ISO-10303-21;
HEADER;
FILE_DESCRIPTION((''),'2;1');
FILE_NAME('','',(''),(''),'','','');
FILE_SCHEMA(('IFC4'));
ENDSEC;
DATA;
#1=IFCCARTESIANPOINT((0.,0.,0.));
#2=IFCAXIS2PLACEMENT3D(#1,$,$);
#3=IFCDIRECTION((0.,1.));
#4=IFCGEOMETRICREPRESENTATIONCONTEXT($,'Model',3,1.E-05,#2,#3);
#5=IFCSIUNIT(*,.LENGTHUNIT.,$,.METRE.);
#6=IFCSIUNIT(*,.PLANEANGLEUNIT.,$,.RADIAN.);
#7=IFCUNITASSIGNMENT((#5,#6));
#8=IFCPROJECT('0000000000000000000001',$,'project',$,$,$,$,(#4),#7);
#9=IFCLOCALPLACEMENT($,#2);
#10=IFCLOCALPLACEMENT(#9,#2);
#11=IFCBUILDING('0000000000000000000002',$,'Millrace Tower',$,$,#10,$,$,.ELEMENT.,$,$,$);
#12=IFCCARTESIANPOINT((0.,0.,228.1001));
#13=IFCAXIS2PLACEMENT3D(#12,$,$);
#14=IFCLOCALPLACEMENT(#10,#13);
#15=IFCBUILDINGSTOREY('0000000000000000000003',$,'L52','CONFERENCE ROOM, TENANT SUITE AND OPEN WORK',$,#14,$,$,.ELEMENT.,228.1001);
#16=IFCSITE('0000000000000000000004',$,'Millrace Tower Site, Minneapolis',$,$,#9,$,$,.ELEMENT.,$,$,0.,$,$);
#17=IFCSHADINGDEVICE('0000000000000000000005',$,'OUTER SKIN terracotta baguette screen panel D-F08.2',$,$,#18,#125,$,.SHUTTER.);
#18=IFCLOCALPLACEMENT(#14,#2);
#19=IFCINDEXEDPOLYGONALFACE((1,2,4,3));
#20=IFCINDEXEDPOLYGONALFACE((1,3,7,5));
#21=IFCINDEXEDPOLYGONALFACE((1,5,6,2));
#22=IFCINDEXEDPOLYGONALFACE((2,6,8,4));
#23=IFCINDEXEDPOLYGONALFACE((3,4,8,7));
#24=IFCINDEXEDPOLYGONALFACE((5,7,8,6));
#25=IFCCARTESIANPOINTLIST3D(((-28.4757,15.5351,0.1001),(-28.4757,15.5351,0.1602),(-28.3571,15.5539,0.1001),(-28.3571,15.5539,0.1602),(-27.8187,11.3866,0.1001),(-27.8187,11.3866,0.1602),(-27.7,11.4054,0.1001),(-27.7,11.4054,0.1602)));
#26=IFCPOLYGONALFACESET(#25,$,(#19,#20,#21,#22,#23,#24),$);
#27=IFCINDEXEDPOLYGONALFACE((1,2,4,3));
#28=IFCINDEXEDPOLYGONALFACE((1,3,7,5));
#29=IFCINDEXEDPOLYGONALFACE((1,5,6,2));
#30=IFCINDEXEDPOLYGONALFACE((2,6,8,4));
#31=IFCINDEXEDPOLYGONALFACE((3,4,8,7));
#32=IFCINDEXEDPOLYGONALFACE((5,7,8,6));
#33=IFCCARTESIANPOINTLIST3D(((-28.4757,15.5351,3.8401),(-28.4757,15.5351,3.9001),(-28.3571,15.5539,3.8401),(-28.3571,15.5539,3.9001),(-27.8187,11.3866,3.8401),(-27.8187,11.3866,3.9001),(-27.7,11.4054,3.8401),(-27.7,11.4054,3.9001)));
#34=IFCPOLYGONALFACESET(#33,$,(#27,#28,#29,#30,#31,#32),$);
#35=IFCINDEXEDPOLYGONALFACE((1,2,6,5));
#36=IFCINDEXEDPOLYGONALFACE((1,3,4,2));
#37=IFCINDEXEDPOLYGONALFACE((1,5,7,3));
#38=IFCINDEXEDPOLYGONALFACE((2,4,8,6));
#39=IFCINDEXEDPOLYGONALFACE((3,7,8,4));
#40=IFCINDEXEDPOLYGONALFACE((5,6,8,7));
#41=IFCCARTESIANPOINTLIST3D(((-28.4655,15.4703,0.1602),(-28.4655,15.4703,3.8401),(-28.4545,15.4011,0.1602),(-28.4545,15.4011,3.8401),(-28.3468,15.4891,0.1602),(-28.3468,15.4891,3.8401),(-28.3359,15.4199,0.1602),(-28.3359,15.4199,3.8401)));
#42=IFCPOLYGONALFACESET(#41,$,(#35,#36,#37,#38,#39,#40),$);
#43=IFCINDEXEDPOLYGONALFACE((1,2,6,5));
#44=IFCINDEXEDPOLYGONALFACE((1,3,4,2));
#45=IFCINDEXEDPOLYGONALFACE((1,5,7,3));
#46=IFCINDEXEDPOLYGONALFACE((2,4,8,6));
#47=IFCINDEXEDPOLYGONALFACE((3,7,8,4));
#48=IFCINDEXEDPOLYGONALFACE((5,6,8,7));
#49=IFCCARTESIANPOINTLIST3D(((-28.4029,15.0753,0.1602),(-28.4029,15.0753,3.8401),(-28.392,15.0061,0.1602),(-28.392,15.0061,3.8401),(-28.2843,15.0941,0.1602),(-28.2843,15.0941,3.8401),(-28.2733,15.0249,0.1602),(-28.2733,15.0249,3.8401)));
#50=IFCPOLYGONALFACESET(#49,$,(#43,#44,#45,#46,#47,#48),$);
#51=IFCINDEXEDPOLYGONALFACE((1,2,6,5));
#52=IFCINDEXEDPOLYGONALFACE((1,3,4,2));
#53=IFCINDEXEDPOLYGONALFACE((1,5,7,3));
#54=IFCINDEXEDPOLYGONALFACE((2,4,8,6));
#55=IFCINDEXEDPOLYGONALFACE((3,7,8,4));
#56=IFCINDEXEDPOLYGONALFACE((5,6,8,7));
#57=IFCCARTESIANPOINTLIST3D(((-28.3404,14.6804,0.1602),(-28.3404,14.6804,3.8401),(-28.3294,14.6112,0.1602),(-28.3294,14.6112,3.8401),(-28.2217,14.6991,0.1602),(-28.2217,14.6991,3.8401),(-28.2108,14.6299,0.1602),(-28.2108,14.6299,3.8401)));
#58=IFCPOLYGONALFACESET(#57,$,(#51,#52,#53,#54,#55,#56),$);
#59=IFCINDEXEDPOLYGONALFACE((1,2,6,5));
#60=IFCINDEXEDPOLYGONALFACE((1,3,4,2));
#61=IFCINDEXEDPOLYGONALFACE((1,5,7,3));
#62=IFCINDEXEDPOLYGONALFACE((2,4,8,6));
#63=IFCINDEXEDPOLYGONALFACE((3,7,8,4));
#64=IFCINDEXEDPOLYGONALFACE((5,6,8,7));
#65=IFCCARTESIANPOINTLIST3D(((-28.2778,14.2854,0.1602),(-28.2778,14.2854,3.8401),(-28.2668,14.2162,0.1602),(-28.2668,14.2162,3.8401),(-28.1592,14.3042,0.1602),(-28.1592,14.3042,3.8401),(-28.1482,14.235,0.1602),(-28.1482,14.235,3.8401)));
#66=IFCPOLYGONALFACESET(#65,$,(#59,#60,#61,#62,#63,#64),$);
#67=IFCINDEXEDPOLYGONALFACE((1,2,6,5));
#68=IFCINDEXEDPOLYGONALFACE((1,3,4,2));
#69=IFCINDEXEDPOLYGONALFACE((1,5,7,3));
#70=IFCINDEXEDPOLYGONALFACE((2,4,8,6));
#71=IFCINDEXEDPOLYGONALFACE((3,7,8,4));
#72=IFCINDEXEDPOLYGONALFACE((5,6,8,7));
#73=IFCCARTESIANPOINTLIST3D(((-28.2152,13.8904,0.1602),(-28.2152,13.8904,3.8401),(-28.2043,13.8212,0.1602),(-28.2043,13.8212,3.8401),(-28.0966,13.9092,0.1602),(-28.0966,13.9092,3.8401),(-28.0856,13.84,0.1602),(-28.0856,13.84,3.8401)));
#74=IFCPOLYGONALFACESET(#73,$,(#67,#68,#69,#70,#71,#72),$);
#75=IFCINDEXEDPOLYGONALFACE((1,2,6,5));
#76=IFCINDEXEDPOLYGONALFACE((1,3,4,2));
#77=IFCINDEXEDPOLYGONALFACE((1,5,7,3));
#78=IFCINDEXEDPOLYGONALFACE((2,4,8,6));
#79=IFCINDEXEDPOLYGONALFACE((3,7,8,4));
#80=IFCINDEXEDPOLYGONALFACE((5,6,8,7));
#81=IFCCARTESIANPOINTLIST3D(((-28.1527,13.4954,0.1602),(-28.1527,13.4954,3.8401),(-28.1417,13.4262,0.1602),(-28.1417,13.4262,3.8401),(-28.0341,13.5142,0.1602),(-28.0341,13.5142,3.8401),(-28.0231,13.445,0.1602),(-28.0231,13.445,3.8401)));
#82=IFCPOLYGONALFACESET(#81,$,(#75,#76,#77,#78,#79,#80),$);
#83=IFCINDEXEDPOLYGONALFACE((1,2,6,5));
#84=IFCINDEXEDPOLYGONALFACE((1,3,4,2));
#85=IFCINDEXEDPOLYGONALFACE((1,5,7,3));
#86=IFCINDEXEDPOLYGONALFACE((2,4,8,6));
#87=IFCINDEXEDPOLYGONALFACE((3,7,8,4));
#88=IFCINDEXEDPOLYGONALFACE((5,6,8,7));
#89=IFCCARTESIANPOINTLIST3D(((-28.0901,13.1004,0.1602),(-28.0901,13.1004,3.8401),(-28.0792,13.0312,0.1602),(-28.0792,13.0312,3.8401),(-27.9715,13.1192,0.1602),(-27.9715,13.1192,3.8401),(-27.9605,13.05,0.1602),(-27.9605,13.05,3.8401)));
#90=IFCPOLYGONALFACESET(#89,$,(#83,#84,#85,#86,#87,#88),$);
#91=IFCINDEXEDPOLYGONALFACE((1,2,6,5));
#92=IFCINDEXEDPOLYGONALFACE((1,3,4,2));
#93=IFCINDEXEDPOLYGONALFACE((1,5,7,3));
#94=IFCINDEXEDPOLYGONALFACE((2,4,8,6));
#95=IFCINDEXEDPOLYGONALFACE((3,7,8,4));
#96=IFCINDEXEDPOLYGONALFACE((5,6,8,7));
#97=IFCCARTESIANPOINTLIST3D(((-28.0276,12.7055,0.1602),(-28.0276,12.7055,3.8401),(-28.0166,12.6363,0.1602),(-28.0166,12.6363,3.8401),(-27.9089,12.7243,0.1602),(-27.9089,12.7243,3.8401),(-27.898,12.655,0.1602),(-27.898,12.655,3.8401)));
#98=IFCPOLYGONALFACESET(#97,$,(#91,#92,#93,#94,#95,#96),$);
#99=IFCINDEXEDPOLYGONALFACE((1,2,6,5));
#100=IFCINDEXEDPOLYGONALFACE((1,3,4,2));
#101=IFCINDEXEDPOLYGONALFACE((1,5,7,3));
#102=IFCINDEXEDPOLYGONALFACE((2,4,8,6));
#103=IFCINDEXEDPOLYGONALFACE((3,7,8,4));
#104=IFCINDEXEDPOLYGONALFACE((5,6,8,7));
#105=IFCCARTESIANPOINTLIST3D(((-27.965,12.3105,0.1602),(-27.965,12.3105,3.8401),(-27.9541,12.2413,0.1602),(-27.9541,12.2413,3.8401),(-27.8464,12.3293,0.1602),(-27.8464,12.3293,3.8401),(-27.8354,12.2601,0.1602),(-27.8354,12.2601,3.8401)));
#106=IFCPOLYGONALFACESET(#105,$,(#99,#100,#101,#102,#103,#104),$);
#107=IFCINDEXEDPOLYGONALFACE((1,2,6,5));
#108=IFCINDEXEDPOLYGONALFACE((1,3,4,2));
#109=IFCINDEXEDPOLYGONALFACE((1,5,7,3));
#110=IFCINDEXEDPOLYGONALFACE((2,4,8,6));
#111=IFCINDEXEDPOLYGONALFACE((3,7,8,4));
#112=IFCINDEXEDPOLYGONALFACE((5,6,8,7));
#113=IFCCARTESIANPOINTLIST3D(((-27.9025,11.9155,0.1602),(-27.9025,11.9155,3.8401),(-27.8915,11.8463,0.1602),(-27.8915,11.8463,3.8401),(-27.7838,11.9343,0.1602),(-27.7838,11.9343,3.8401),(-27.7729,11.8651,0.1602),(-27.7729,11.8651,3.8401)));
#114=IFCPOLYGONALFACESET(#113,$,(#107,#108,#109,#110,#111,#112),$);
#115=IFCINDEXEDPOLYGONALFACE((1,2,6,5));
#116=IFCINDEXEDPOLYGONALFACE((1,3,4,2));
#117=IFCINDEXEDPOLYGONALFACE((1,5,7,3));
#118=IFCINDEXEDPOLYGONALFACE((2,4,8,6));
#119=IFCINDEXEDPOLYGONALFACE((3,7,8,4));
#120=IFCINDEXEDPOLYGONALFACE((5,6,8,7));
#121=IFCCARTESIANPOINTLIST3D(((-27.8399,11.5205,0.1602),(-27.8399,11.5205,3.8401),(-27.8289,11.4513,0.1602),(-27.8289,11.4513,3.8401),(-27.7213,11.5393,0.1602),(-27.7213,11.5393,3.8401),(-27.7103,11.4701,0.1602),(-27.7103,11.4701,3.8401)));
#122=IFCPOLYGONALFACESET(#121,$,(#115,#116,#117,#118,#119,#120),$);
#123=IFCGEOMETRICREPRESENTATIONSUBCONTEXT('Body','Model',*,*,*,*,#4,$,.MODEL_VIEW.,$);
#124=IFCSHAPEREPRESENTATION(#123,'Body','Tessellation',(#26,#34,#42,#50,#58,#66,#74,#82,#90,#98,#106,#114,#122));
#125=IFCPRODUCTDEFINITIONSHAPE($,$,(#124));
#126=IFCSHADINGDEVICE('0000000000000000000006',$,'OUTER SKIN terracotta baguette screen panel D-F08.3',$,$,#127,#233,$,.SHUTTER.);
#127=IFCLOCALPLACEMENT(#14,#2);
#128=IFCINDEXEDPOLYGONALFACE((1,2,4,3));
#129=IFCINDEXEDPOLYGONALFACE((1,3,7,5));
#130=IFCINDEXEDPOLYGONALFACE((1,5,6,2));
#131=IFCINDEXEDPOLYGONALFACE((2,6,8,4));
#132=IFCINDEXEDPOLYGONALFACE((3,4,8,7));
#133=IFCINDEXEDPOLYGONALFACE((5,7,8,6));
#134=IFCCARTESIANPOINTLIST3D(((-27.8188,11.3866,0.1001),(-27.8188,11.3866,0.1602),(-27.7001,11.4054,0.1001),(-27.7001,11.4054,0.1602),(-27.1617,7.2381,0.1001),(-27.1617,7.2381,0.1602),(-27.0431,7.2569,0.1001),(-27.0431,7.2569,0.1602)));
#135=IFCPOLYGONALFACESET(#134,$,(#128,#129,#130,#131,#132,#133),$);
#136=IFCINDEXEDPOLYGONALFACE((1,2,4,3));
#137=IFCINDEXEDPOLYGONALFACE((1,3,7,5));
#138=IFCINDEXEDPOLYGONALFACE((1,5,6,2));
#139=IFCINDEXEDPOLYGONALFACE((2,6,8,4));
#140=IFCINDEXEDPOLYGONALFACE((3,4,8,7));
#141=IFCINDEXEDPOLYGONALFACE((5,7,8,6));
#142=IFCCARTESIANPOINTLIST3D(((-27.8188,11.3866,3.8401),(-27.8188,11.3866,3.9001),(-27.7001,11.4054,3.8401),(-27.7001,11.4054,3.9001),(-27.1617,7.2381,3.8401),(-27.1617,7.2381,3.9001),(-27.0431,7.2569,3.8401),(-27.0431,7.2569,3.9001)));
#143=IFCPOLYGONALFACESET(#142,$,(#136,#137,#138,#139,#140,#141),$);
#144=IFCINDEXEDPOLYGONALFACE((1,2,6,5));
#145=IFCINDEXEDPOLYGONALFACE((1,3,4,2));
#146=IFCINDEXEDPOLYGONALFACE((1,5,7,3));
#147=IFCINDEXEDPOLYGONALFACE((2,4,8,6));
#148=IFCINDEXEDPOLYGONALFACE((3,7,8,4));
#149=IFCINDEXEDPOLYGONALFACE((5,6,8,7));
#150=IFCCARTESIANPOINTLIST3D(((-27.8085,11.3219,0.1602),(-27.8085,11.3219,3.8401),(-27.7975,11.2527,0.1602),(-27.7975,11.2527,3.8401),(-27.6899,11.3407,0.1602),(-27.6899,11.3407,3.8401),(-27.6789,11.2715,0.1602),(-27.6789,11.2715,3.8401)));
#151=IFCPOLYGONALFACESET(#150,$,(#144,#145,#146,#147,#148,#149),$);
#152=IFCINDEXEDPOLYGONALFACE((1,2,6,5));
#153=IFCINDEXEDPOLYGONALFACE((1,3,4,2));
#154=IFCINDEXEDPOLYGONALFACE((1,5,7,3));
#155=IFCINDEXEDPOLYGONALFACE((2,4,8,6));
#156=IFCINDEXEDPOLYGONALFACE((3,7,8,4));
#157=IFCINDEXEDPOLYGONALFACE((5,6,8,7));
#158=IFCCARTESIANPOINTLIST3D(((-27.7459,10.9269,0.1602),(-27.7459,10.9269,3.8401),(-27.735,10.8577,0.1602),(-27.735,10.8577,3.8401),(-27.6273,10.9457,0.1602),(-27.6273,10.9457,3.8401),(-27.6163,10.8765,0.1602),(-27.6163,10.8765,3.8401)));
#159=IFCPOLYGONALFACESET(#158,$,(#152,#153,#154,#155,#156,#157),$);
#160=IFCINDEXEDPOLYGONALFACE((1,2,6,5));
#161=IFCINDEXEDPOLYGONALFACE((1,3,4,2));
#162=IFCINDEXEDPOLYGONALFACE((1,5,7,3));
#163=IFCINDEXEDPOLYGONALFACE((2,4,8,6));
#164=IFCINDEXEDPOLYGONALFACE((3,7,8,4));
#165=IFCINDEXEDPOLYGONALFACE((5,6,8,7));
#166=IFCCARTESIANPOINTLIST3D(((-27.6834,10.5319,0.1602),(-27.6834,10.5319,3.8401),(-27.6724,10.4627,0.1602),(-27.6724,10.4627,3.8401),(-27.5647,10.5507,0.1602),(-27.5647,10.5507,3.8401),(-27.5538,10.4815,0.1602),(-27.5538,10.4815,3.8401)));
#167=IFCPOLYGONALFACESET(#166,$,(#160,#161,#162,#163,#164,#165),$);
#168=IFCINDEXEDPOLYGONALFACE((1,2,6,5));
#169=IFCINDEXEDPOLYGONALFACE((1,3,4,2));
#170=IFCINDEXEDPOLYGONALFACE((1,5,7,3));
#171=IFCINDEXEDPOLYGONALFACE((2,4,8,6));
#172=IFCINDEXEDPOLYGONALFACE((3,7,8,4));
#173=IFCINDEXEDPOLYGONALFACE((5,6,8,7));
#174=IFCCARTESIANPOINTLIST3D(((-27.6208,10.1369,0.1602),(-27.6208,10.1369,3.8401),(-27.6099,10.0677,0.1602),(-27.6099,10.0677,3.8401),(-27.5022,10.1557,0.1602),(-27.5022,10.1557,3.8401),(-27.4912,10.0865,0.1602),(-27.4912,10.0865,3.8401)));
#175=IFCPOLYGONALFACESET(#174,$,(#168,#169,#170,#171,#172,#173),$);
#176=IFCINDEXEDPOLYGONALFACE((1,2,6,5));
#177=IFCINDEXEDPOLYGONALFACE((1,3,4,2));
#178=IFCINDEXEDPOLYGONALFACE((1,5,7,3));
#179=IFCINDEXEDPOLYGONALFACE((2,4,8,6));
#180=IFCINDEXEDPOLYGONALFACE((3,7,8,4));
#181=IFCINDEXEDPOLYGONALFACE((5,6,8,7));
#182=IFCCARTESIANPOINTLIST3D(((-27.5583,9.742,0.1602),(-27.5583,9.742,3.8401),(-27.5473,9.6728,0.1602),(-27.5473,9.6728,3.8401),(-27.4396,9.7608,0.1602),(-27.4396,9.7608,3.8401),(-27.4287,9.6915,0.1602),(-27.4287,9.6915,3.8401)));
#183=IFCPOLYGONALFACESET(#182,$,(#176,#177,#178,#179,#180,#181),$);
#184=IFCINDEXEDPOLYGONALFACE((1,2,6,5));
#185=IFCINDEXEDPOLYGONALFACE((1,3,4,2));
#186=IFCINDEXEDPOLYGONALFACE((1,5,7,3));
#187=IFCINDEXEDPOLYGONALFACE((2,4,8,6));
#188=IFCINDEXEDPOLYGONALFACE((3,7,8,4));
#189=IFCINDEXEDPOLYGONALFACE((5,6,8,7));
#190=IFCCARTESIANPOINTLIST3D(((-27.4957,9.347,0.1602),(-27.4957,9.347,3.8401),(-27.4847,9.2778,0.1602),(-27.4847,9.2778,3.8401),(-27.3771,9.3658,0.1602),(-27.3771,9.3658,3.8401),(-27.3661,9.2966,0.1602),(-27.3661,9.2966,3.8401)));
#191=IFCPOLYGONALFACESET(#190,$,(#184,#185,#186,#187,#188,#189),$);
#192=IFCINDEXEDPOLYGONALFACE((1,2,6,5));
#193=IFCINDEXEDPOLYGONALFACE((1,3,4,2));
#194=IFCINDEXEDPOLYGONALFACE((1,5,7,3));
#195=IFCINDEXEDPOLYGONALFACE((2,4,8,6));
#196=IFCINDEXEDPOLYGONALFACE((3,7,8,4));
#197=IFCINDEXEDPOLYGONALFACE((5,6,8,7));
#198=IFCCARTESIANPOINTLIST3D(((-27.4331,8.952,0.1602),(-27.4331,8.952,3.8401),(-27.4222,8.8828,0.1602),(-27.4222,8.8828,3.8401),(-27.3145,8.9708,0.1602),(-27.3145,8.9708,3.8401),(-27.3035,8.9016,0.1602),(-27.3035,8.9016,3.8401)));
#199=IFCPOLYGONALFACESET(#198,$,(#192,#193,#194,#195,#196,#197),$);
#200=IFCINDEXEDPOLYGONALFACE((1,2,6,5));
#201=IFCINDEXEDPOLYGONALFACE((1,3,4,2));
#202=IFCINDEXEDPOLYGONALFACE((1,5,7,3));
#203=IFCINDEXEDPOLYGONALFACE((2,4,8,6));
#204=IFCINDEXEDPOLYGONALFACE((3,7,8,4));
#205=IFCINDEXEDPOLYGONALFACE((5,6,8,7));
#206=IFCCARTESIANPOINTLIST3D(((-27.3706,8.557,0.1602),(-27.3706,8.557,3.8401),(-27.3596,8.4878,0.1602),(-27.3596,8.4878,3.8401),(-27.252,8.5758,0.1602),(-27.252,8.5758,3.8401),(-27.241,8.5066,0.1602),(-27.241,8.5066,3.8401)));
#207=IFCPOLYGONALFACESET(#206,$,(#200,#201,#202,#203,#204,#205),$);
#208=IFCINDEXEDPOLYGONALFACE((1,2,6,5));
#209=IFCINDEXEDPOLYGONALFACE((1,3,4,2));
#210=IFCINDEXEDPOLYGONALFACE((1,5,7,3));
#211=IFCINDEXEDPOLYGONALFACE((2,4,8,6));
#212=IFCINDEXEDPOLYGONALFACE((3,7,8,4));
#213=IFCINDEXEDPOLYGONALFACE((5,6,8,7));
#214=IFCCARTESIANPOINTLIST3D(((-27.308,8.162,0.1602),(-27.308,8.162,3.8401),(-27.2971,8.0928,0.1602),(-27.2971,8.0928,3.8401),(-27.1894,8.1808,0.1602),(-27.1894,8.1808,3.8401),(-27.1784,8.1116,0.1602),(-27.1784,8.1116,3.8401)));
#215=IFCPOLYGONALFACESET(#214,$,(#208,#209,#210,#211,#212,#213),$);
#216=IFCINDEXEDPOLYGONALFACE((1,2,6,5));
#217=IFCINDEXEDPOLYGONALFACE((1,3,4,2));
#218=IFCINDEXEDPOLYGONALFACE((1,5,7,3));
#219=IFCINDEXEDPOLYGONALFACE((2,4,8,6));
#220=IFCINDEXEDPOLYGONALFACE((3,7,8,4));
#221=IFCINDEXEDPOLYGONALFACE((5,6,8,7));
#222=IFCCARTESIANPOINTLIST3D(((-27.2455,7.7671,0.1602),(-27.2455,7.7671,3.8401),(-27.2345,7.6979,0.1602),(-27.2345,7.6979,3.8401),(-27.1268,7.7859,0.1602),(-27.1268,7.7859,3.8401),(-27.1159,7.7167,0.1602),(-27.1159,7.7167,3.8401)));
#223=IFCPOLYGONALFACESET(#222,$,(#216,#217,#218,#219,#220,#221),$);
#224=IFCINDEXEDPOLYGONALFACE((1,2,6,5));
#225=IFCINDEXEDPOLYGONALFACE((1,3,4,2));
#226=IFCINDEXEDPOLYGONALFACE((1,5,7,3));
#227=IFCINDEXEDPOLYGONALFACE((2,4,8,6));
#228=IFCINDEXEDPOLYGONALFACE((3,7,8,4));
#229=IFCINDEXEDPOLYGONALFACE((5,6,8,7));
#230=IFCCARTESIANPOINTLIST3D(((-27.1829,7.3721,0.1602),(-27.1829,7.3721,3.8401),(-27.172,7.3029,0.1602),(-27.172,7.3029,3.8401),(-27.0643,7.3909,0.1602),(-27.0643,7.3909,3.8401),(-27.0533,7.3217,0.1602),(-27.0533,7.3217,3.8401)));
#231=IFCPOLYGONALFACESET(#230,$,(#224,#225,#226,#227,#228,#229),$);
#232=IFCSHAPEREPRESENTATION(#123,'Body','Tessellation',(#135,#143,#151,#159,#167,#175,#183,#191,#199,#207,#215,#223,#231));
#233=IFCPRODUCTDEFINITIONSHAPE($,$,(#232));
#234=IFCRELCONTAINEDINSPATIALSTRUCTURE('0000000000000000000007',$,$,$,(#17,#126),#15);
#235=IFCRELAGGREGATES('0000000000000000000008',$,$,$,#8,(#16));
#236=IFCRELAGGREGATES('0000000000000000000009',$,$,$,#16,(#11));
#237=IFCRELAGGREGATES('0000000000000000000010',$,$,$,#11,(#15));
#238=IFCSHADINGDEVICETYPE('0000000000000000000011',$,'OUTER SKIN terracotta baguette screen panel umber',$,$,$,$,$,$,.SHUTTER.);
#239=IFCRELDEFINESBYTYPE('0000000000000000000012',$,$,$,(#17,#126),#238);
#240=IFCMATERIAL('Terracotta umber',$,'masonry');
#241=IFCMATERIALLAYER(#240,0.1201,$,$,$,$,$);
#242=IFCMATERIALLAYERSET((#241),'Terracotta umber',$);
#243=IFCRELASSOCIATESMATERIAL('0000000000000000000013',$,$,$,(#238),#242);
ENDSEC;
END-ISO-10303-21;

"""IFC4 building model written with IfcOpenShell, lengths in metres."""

from ifc_helpers import new_model, entity, si_unit, direction, frame, frame_2d, origin, origin_2d, place, context, subcontext, project, spatial, rectangle, extrude, source, transform, mapped, material, layer, layer_set, type_object, element, save


model = new_model("IFC4")

# Units and contexts
model_context = context("Model", 3, precision=1e-05, world=origin(), true_north=direction((0.0, 1.0)))
body_context = subcontext(model_context, "Body", "Model", "MODEL_VIEW")
ifc_project = project(units=[si_unit("LENGTHUNIT", "METRE"), si_unit("PLANEANGLEUNIT", "RADIAN")], contexts=[model_context])

# Site, building, storey
site_placement = place(None, origin())
site = spatial("IfcSite", under=ifc_project, at=site_placement, Name="Millrace Tower Site, Minneapolis", CompositionType="ELEMENT", RefElevation=0.0)
building_placement = place(site_placement, origin())
building = spatial("IfcBuilding", under=site, at=building_placement, Name="Millrace Tower", CompositionType="ELEMENT")
storey_placement = place(building_placement, frame((0.0, 0.0, 228.1001)))
storey = spatial("IfcBuildingStorey", under=building, at=storey_placement, Name="L52", Description="CONFERENCE ROOM, TENANT SUITE AND OPEN WORK", CompositionType="ELEMENT", Elevation=228.1001)

# Shading devices
ifc_material_1 = material(Name="Terracotta umber", Category="masonry")
ifc_layer_1 = layer(ifc_material_1, 0.1201)
ifc_layer_set_1 = layer_set([ifc_layer_1], Name="Terracotta umber")
shading_device_type = type_object("IfcShadingDeviceType", Name="OUTER SKIN terracotta baguette screen panel umber", PredefinedType="SHUTTER", material=ifc_layer_set_1)
cartesian_point_1 = entity("IfcCartesianPoint", [-2.1001, 0.0601])
shared_polyline_1 = entity("IfcPolyline", [cartesian_point_1, entity("IfcCartesianPoint", [2.1001, 0.0601]), entity("IfcCartesianPoint", [2.1001, -0.0601]), entity("IfcCartesianPoint", [-2.1001, -0.0601]), cartesian_point_1])
shared_shape_1 = source(origin(), body_context, "Body", "SweptSolid", [
    entity("IfcExtrudedAreaSolid", entity("IfcArbitraryClosedProfileDef", "AREA", None, shared_polyline_1), entity("IfcAxis2Placement3D", entity("IfcCartesianPoint", [0.0, 0.0, 0.0])), entity("IfcDirection", [0.0, 0.0, 1.0]), 0.0601),
    entity("IfcExtrudedAreaSolid", entity("IfcArbitraryClosedProfileDef", "AREA", None, shared_polyline_1), entity("IfcAxis2Placement3D", entity("IfcCartesianPoint", [0.0, 0.0, 3.74])), entity("IfcDirection", [0.0, 0.0, 1.0]), 0.0601),
    extrude(rectangle(XDim=0.0701, YDim=0.1201, at=frame_2d((-1.9995, 0.0))), frame((0.0, 0.0, 0.0601)), (0.0, 0.0, 1.0), 3.6799),
    extrude(rectangle(XDim=0.0701, YDim=0.1201, at=frame_2d((-1.5996, 0.0))), frame((0.0, 0.0, 0.0601)), (0.0, 0.0, 1.0), 3.6799),
    extrude(rectangle(XDim=0.0701, YDim=0.1201, at=frame_2d((-1.1997, 0.0))), frame((0.0, 0.0, 0.0601)), (0.0, 0.0, 1.0), 3.6799),
    extrude(rectangle(XDim=0.0701, YDim=0.1201, at=frame_2d((-0.7998, 0.0))), frame((0.0, 0.0, 0.0601)), (0.0, 0.0, 1.0), 3.6799),
    extrude(rectangle(XDim=0.0701, YDim=0.1201, at=frame_2d((-0.3999, 0.0))), frame((0.0, 0.0, 0.0601)), (0.0, 0.0, 1.0), 3.6799),
    extrude(rectangle(XDim=0.0701, YDim=0.1201, at=origin_2d()), frame((0.0, 0.0, 0.0601)), (0.0, 0.0, 1.0), 3.6799),
    extrude(rectangle(XDim=0.0701, YDim=0.1201, at=frame_2d((0.3999, 0.0))), frame((0.0, 0.0, 0.0601)), (0.0, 0.0, 1.0), 3.6799),
    extrude(rectangle(XDim=0.0701, YDim=0.1201, at=frame_2d((0.7998, 0.0))), frame((0.0, 0.0, 0.0601)), (0.0, 0.0, 1.0), 3.6799),
    extrude(rectangle(XDim=0.0701, YDim=0.1201, at=frame_2d((1.1997, 0.0))), frame((0.0, 0.0, 0.0601)), (0.0, 0.0, 1.0), 3.6799),
    extrude(rectangle(XDim=0.0701, YDim=0.1201, at=frame_2d((1.5996, 0.0))), frame((0.0, 0.0, 0.0601)), (0.0, 0.0, 1.0), 3.6799),
    extrude(rectangle(XDim=0.0701, YDim=0.1201, at=frame_2d((1.9995, 0.0))), frame((0.0, 0.0, 0.0601)), (0.0, 0.0, 1.0), 3.6799),
])
for number, where, z_axis, x_axis, name in (
    (1, (-28.0879, 13.4702, 0.1001), (0.0, 0.0, 1.0), (0.156434, -0.987688, 0.0), "OUTER SKIN terracotta baguette screen panel D-F08.2"),
    (2, (-27.4309, 9.3218, 0.1001), (0.0, 0.0, 1.0), (0.156434, -0.987688, 0.0), "OUTER SKIN terracotta baguette screen panel D-F08.3"),
):
    element("IfcShadingDevice", number, at=place(storey_placement, frame(where, z_axis=z_axis, x_axis=x_axis)), inside=storey, type_object=shading_device_type, Name=name, PredefinedType="SHUTTER", context=body_context, shape_type="MappedRepresentation", body=[
        mapped(shared_shape_1, transform((0.0, 0.0, 0.0), scale=1.0)),
    ])

save(model, "model.ifc")
